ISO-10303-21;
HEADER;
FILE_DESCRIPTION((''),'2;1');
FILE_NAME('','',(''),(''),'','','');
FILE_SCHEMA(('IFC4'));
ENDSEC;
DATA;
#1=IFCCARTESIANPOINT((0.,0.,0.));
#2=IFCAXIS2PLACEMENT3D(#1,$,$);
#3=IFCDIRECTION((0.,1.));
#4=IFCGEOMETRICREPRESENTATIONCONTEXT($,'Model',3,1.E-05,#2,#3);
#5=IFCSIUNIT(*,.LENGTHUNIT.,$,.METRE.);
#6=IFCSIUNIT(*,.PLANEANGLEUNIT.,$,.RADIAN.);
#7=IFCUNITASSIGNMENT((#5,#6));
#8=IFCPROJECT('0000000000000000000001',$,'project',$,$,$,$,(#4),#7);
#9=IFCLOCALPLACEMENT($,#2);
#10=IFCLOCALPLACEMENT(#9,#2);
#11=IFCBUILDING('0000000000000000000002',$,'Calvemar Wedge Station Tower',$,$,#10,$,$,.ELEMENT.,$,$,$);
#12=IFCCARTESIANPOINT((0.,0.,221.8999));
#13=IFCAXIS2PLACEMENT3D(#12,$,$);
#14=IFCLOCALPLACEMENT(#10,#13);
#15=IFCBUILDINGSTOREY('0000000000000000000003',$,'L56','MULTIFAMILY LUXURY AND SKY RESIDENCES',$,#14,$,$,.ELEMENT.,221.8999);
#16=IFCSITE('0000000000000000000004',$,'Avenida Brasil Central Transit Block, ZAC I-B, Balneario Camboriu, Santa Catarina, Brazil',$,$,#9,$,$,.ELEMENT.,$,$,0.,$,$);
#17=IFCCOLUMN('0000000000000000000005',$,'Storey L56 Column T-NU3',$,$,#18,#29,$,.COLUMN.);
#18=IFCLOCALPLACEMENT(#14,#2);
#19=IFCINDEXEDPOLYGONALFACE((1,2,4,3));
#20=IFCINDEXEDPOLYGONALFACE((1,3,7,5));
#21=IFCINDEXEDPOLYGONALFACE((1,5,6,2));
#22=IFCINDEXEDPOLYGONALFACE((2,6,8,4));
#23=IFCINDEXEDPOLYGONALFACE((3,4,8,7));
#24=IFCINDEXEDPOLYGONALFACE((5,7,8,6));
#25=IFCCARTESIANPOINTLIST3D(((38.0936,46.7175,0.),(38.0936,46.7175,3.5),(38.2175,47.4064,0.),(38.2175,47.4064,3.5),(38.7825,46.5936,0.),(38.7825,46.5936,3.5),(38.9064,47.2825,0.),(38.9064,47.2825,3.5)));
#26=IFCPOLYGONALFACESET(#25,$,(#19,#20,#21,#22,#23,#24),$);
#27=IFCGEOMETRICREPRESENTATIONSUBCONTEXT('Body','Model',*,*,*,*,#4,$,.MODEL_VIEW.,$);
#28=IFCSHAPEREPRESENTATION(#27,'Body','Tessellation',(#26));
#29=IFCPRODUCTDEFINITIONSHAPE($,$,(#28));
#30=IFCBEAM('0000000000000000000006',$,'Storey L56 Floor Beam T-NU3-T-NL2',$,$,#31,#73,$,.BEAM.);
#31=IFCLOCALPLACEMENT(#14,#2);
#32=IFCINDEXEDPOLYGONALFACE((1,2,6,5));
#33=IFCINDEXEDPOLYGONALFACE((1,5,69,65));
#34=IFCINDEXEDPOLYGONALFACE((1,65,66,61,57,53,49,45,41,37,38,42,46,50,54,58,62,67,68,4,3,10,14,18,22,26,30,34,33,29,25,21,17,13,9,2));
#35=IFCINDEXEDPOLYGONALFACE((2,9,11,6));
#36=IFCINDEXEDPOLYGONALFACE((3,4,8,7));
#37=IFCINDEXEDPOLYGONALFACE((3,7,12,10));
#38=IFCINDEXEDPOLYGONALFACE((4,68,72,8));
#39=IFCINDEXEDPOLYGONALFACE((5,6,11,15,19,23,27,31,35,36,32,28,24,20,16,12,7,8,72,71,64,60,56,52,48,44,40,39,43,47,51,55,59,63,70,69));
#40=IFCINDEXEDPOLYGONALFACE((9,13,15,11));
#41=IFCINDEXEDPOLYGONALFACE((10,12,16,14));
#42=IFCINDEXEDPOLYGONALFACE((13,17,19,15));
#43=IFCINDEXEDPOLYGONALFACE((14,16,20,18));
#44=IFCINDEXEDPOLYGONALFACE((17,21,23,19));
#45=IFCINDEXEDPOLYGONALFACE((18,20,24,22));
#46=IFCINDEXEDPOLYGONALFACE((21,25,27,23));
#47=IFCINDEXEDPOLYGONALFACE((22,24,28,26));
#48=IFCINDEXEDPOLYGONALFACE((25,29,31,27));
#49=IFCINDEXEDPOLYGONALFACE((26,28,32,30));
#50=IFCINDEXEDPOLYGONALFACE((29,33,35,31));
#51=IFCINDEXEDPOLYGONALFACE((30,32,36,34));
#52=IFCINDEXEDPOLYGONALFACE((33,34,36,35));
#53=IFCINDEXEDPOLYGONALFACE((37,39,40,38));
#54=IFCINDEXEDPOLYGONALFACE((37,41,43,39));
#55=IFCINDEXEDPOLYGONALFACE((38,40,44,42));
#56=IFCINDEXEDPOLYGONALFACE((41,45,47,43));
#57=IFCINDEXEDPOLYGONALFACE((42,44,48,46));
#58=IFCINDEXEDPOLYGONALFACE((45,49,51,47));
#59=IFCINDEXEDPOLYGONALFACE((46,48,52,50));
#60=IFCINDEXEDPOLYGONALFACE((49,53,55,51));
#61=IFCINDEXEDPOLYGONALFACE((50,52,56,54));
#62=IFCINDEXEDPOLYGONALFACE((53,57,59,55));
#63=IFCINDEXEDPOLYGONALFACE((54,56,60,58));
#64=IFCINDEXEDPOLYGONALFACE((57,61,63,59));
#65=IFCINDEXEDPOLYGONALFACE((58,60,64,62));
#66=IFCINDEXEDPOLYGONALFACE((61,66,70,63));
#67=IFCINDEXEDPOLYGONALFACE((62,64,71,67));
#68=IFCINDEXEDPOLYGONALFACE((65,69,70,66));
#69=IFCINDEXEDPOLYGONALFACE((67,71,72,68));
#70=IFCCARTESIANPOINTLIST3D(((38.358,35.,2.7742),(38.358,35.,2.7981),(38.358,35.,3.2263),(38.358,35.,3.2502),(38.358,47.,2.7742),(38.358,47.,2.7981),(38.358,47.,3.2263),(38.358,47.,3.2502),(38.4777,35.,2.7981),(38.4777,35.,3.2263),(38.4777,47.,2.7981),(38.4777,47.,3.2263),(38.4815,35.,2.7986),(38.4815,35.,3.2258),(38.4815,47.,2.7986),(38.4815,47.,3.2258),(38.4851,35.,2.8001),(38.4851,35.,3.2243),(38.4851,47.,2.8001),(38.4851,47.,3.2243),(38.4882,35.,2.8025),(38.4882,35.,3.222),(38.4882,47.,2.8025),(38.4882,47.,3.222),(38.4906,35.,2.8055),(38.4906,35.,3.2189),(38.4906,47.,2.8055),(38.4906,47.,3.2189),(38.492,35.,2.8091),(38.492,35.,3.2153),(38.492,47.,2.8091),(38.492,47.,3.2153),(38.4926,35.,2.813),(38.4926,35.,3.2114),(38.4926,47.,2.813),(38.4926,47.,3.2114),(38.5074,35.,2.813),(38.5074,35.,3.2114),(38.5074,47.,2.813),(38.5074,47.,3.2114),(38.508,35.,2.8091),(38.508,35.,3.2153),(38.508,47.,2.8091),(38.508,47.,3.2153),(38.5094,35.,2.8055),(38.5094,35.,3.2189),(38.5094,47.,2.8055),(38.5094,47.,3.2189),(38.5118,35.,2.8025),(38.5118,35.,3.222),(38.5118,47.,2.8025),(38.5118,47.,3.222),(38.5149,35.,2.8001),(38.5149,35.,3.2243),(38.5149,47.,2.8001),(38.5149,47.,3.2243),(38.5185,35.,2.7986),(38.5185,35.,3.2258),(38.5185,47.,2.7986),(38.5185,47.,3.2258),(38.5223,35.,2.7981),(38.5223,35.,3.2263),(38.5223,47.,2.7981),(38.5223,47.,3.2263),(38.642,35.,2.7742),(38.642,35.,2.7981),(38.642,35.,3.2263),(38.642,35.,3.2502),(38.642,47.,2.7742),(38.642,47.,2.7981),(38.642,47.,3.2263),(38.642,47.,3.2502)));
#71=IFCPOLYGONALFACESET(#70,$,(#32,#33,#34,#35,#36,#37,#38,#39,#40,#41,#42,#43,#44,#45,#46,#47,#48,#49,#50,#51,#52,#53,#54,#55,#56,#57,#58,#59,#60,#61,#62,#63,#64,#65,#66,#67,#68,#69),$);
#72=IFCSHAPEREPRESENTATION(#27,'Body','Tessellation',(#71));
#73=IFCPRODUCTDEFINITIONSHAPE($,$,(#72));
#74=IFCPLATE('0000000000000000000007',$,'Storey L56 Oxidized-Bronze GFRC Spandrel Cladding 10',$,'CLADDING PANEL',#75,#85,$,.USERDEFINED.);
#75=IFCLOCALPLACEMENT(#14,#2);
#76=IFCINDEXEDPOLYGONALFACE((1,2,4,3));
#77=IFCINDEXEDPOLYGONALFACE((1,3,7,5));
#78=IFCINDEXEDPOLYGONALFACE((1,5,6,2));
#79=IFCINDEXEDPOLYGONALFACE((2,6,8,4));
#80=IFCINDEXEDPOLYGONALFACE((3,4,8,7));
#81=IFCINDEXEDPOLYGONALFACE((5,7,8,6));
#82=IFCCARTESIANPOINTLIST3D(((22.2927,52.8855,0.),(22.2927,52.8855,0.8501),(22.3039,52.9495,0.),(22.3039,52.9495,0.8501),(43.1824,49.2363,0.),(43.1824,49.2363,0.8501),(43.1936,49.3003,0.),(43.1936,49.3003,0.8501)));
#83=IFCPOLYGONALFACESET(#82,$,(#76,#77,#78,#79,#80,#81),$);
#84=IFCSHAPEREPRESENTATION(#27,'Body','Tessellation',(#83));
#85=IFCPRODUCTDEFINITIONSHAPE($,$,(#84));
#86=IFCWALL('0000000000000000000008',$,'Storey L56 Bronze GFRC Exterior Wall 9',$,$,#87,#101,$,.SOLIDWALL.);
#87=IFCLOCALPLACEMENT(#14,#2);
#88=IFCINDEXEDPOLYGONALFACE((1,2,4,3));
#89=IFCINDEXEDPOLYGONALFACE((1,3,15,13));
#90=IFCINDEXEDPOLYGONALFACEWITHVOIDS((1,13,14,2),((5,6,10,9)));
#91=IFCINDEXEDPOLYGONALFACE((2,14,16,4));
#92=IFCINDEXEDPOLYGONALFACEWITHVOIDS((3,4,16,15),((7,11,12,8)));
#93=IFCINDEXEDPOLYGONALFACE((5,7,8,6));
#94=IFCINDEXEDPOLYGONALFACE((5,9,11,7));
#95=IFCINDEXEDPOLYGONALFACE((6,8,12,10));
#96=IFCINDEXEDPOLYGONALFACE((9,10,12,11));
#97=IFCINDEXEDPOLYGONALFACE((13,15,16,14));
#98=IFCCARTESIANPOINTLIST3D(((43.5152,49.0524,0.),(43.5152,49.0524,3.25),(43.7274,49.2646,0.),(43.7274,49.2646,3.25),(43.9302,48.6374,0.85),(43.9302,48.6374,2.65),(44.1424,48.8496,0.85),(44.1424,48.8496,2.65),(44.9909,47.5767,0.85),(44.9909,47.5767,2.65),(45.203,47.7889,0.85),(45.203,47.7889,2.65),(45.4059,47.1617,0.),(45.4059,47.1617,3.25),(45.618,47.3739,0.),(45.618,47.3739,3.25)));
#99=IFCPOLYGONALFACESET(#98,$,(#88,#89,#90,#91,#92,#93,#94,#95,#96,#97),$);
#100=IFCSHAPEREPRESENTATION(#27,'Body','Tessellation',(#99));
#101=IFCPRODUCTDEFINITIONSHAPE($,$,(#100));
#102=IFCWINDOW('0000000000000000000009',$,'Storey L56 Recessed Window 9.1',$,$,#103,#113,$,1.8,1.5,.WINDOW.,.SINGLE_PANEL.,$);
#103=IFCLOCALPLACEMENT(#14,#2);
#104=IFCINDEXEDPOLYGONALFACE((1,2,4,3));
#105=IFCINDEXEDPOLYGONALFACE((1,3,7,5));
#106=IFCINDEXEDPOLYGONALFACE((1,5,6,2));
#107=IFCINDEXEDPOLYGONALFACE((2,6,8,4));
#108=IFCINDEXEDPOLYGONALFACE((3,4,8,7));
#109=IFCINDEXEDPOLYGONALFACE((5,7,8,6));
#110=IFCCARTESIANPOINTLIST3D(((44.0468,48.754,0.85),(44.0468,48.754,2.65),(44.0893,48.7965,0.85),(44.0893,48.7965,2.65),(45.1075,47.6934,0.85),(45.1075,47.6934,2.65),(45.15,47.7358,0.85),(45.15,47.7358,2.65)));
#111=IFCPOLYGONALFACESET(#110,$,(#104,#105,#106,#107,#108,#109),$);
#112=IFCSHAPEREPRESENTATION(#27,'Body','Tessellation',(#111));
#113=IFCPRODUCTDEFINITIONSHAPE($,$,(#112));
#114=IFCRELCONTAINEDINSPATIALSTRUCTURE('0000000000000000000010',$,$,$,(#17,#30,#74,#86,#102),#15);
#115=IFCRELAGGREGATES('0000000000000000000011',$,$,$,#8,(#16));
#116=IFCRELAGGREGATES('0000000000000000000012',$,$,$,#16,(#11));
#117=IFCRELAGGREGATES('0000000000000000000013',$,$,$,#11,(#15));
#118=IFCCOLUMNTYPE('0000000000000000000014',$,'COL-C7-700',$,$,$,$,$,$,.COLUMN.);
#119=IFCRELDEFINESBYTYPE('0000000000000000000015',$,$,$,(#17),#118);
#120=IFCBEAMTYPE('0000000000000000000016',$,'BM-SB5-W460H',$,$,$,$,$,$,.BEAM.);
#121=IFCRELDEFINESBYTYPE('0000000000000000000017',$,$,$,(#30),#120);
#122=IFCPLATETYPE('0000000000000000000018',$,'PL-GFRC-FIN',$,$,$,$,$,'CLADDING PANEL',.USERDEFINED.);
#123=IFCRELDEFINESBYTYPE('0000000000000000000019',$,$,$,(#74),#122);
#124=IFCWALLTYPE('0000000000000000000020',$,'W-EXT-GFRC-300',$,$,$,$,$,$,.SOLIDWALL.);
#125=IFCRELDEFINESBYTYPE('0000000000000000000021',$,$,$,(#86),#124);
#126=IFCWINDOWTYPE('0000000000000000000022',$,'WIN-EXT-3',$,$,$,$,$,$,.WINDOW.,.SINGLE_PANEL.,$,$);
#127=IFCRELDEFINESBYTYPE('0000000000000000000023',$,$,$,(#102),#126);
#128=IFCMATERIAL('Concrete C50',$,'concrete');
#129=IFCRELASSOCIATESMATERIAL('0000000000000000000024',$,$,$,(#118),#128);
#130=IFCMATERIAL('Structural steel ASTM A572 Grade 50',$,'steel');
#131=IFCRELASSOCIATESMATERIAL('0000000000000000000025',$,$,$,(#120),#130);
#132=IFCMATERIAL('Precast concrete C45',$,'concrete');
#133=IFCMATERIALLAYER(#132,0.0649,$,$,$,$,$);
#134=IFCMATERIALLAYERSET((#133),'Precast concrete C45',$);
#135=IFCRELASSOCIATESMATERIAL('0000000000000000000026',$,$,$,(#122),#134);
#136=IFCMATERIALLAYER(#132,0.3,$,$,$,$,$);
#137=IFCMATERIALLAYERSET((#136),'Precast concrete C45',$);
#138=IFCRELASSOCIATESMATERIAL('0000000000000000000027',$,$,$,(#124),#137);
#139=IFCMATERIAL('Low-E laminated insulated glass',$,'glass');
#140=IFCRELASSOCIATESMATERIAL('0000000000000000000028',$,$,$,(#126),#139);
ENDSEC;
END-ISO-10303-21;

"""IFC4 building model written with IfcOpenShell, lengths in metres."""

from ifc_helpers import new_model, si_unit, direction, frame, frame_2d, origin, origin_2d, place, context, subcontext, project, spatial, rectangle, i_section, extrude, source, transform, mapped, material, layer, layer_set, material_profile, profile_set, type_object, element, fill, save


model = new_model("IFC4")

# Units and contexts
model_context = context("Model", 3, precision=1e-05, world=origin(), true_north=direction((0.0, 1.0)))
body_context = subcontext(model_context, "Body", "Model", "MODEL_VIEW")
ifc_project = project(units=[si_unit("LENGTHUNIT", "METRE"), si_unit("PLANEANGLEUNIT", "RADIAN")], contexts=[model_context])

# Site, building, storey
site_placement = place(None, origin())
site = spatial("IfcSite", under=ifc_project, at=site_placement, Name="Avenida Brasil Central Transit Block, ZAC I-B, Balneario Camboriu, Santa Catarina, Brazil", CompositionType="ELEMENT", RefElevation=0.0)
building_placement = place(site_placement, origin())
building = spatial("IfcBuilding", under=site, at=building_placement, Name="Calvemar Wedge Station Tower", CompositionType="ELEMENT")
storey_placement = place(building_placement, frame((0.0, 0.0, 221.8999)))
storey = spatial("IfcBuildingStorey", under=building, at=storey_placement, Name="L56", Description="MULTIFAMILY LUXURY AND SKY RESIDENCES", CompositionType="ELEMENT", Elevation=221.8999)

# Column
ifc_material_1 = material(Name="Concrete C50", Category="concrete")
ifc_material_profile_1 = material_profile(ifc_material_1, rectangle(XDim=0.7, YDim=0.7, at=origin_2d()), Name="RC700x700")
ifc_profile_set_1 = profile_set([ifc_material_profile_1], Name="Concrete C50")
column_type = type_object("IfcColumnType", Name="COL-C7-700", PredefinedType="COLUMN", material=ifc_profile_set_1)
shared_shape_1 = source(origin(), body_context, "Body", "SweptSolid", [
    extrude(rectangle(XDim=0.7, YDim=0.7, at=origin_2d()), origin(), (0.0, 0.0, 1.0), 3.5),
])
column_placement = place(storey_placement, frame((38.5, 47.0, 0.0), z_axis=(0.0, 0.0, 1.0), x_axis=(0.984196, -0.177085, 0.0)))
element("IfcColumn", 1, at=column_placement, inside=storey, type_object=column_type, Name="Storey L56 Column T-NU3", PredefinedType="COLUMN", context=body_context, shape_type="MappedRepresentation", body=[
    mapped(shared_shape_1, transform((0.0, 0.0, 0.0), scale=1.0)),
])

# Beam
ifc_material_2 = material(Name="Structural steel ASTM A572 Grade 50", Category="steel")
ifc_material_profile_2 = material_profile(ifc_material_2, i_section(OverallWidth=0.2839, OverallDepth=0.4761, WebThickness=0.0149, FlangeThickness=0.0239, FilletRadius=0.0149, at=origin_2d()), Name="W460x158")
ifc_profile_set_2 = profile_set([ifc_material_profile_2], Name="Structural steel ASTM A572 Grade 50")
beam_type = type_object("IfcBeamType", Name="BM-SB5-W460H", PredefinedType="BEAM", material=ifc_profile_set_2)
shared_shape_2 = source(origin(), body_context, "Body", "SweptSolid", [
    extrude(i_section(OverallWidth=0.2839, OverallDepth=0.4761, WebThickness=0.0149, FlangeThickness=0.0239, FilletRadius=0.0149, at=origin_2d()), origin(), (0.0, 0.0, 1.0), 12.0),
])
beam_placement = place(storey_placement, frame((38.5, 47.0, 3.0122), z_axis=(0.0, -1.0, 0.0), x_axis=(1.0, 0.0, 0.0)))
element("IfcBeam", 2, at=beam_placement, inside=storey, type_object=beam_type, Name="Storey L56 Floor Beam T-NU3-T-NL2", PredefinedType="BEAM", context=body_context, shape_type="MappedRepresentation", body=[
    mapped(shared_shape_2, transform((0.0, 0.0, 0.0), scale=1.0)),
])

# Plate
ifc_material_3 = material(Name="Precast concrete C45", Category="concrete")
ifc_layer_1 = layer(ifc_material_3, 0.0649)
ifc_layer_set_1 = layer_set([ifc_layer_1], Name="Precast concrete C45")
plate_type = type_object("IfcPlateType", Name="PL-GFRC-FIN", ElementType="CLADDING PANEL", PredefinedType="USERDEFINED", material=ifc_layer_set_1)
plate_placement = place(storey_placement, frame((43.188, 49.2683, 0.0), z_axis=(0.0, 0.0, 1.0), x_axis=(-0.985083, 0.172082, 0.0)))
element("IfcPlate", 3, at=plate_placement, inside=storey, type_object=plate_type, Name="Storey L56 Oxidized-Bronze GFRC Spandrel Cladding 10", ObjectType="CLADDING PANEL", PredefinedType="USERDEFINED", context=body_context, shape_type="SweptSolid", body=[
    extrude(rectangle(XDim=21.2061, YDim=0.0649, at=frame_2d((10.603, 0.0))), origin(), (0.0, 0.0, 1.0), 0.8501),
])

# Wall, opening, window
ifc_layer_2 = layer(ifc_material_3, 0.3)
ifc_layer_set_2 = layer_set([ifc_layer_2], Name="Precast concrete C45")
wall_type_1 = type_object("IfcWallType", Name="W-EXT-GFRC-300", PredefinedType="SOLIDWALL", material=ifc_layer_set_2)
wall_1_placement = place(storey_placement, frame((45.512, 47.2678, 0.0), z_axis=(0.0, 0.0, 1.0), x_axis=(-0.707107, 0.707107, 0.0)))
wall_1 = element("IfcWall", 4, at=wall_1_placement, inside=storey, type_object=wall_type_1, Name="Storey L56 Bronze GFRC Exterior Wall 9", PredefinedType="SOLIDWALL", context=body_context, shape_type="SweptSolid", body=[
    extrude(rectangle(XDim=2.6738, YDim=0.3, at=frame_2d((1.3369, 0.0))), origin(), (0.0, 0.0, 1.0), 3.25),
])
shared_shape_3 = source(origin(), body_context, "Body", "SweptSolid", [
    extrude(rectangle(XDim=1.5, YDim=1.8, at=frame_2d((0.75, 0.8999))), frame((0.0, 0.1602, 0.0), z_axis=(0.0, -1.0, 0.0), x_axis=(1.0, 0.0, 0.0)), (0.0, 0.0, 1.0), 0.3201),
])
opening_1_placement = place(wall_1_placement, frame((0.5869, 0.0, 0.8501)))
opening_1 = element("IfcOpeningElement", 5, at=opening_1_placement, cuts=wall_1, PredefinedType="OPENING", context=body_context, shape_type="MappedRepresentation", body=[
    mapped(shared_shape_3, transform((0.0, 0.0, 0.0), scale=1.0)),
])
ifc_material_4 = material(Name="Low-E laminated insulated glass", Category="glass")
window_type_1 = type_object("IfcWindowType", Name="WIN-EXT-3", PartitioningType="SINGLE_PANEL", PredefinedType="WINDOW", material=ifc_material_4)
shared_shape_4 = source(origin(), body_context, "Body", "SweptSolid", [
    extrude(rectangle(XDim=1.5, YDim=1.8, at=frame_2d((0.75, 0.8999))), frame((0.0, -0.0149, 0.0), z_axis=(0.0, -1.0, 0.0), x_axis=(1.0, 0.0, 0.0)), (0.0, 0.0, 1.0), 0.0601),
])
window_1_placement = place(opening_1_placement, origin())
window_1 = element("IfcWindow", 6, at=window_1_placement, inside=storey, type_object=window_type_1, Name="Storey L56 Recessed Window 9.1", OverallHeight=1.8, OverallWidth=1.5, PartitioningType="SINGLE_PANEL", PredefinedType="WINDOW", context=body_context, shape_type="MappedRepresentation", body=[
    mapped(shared_shape_4, transform((0.0, 0.0, 0.0), scale=1.0)),
])
fill(opening_1, window_1)

save(model, "model.ifc")
